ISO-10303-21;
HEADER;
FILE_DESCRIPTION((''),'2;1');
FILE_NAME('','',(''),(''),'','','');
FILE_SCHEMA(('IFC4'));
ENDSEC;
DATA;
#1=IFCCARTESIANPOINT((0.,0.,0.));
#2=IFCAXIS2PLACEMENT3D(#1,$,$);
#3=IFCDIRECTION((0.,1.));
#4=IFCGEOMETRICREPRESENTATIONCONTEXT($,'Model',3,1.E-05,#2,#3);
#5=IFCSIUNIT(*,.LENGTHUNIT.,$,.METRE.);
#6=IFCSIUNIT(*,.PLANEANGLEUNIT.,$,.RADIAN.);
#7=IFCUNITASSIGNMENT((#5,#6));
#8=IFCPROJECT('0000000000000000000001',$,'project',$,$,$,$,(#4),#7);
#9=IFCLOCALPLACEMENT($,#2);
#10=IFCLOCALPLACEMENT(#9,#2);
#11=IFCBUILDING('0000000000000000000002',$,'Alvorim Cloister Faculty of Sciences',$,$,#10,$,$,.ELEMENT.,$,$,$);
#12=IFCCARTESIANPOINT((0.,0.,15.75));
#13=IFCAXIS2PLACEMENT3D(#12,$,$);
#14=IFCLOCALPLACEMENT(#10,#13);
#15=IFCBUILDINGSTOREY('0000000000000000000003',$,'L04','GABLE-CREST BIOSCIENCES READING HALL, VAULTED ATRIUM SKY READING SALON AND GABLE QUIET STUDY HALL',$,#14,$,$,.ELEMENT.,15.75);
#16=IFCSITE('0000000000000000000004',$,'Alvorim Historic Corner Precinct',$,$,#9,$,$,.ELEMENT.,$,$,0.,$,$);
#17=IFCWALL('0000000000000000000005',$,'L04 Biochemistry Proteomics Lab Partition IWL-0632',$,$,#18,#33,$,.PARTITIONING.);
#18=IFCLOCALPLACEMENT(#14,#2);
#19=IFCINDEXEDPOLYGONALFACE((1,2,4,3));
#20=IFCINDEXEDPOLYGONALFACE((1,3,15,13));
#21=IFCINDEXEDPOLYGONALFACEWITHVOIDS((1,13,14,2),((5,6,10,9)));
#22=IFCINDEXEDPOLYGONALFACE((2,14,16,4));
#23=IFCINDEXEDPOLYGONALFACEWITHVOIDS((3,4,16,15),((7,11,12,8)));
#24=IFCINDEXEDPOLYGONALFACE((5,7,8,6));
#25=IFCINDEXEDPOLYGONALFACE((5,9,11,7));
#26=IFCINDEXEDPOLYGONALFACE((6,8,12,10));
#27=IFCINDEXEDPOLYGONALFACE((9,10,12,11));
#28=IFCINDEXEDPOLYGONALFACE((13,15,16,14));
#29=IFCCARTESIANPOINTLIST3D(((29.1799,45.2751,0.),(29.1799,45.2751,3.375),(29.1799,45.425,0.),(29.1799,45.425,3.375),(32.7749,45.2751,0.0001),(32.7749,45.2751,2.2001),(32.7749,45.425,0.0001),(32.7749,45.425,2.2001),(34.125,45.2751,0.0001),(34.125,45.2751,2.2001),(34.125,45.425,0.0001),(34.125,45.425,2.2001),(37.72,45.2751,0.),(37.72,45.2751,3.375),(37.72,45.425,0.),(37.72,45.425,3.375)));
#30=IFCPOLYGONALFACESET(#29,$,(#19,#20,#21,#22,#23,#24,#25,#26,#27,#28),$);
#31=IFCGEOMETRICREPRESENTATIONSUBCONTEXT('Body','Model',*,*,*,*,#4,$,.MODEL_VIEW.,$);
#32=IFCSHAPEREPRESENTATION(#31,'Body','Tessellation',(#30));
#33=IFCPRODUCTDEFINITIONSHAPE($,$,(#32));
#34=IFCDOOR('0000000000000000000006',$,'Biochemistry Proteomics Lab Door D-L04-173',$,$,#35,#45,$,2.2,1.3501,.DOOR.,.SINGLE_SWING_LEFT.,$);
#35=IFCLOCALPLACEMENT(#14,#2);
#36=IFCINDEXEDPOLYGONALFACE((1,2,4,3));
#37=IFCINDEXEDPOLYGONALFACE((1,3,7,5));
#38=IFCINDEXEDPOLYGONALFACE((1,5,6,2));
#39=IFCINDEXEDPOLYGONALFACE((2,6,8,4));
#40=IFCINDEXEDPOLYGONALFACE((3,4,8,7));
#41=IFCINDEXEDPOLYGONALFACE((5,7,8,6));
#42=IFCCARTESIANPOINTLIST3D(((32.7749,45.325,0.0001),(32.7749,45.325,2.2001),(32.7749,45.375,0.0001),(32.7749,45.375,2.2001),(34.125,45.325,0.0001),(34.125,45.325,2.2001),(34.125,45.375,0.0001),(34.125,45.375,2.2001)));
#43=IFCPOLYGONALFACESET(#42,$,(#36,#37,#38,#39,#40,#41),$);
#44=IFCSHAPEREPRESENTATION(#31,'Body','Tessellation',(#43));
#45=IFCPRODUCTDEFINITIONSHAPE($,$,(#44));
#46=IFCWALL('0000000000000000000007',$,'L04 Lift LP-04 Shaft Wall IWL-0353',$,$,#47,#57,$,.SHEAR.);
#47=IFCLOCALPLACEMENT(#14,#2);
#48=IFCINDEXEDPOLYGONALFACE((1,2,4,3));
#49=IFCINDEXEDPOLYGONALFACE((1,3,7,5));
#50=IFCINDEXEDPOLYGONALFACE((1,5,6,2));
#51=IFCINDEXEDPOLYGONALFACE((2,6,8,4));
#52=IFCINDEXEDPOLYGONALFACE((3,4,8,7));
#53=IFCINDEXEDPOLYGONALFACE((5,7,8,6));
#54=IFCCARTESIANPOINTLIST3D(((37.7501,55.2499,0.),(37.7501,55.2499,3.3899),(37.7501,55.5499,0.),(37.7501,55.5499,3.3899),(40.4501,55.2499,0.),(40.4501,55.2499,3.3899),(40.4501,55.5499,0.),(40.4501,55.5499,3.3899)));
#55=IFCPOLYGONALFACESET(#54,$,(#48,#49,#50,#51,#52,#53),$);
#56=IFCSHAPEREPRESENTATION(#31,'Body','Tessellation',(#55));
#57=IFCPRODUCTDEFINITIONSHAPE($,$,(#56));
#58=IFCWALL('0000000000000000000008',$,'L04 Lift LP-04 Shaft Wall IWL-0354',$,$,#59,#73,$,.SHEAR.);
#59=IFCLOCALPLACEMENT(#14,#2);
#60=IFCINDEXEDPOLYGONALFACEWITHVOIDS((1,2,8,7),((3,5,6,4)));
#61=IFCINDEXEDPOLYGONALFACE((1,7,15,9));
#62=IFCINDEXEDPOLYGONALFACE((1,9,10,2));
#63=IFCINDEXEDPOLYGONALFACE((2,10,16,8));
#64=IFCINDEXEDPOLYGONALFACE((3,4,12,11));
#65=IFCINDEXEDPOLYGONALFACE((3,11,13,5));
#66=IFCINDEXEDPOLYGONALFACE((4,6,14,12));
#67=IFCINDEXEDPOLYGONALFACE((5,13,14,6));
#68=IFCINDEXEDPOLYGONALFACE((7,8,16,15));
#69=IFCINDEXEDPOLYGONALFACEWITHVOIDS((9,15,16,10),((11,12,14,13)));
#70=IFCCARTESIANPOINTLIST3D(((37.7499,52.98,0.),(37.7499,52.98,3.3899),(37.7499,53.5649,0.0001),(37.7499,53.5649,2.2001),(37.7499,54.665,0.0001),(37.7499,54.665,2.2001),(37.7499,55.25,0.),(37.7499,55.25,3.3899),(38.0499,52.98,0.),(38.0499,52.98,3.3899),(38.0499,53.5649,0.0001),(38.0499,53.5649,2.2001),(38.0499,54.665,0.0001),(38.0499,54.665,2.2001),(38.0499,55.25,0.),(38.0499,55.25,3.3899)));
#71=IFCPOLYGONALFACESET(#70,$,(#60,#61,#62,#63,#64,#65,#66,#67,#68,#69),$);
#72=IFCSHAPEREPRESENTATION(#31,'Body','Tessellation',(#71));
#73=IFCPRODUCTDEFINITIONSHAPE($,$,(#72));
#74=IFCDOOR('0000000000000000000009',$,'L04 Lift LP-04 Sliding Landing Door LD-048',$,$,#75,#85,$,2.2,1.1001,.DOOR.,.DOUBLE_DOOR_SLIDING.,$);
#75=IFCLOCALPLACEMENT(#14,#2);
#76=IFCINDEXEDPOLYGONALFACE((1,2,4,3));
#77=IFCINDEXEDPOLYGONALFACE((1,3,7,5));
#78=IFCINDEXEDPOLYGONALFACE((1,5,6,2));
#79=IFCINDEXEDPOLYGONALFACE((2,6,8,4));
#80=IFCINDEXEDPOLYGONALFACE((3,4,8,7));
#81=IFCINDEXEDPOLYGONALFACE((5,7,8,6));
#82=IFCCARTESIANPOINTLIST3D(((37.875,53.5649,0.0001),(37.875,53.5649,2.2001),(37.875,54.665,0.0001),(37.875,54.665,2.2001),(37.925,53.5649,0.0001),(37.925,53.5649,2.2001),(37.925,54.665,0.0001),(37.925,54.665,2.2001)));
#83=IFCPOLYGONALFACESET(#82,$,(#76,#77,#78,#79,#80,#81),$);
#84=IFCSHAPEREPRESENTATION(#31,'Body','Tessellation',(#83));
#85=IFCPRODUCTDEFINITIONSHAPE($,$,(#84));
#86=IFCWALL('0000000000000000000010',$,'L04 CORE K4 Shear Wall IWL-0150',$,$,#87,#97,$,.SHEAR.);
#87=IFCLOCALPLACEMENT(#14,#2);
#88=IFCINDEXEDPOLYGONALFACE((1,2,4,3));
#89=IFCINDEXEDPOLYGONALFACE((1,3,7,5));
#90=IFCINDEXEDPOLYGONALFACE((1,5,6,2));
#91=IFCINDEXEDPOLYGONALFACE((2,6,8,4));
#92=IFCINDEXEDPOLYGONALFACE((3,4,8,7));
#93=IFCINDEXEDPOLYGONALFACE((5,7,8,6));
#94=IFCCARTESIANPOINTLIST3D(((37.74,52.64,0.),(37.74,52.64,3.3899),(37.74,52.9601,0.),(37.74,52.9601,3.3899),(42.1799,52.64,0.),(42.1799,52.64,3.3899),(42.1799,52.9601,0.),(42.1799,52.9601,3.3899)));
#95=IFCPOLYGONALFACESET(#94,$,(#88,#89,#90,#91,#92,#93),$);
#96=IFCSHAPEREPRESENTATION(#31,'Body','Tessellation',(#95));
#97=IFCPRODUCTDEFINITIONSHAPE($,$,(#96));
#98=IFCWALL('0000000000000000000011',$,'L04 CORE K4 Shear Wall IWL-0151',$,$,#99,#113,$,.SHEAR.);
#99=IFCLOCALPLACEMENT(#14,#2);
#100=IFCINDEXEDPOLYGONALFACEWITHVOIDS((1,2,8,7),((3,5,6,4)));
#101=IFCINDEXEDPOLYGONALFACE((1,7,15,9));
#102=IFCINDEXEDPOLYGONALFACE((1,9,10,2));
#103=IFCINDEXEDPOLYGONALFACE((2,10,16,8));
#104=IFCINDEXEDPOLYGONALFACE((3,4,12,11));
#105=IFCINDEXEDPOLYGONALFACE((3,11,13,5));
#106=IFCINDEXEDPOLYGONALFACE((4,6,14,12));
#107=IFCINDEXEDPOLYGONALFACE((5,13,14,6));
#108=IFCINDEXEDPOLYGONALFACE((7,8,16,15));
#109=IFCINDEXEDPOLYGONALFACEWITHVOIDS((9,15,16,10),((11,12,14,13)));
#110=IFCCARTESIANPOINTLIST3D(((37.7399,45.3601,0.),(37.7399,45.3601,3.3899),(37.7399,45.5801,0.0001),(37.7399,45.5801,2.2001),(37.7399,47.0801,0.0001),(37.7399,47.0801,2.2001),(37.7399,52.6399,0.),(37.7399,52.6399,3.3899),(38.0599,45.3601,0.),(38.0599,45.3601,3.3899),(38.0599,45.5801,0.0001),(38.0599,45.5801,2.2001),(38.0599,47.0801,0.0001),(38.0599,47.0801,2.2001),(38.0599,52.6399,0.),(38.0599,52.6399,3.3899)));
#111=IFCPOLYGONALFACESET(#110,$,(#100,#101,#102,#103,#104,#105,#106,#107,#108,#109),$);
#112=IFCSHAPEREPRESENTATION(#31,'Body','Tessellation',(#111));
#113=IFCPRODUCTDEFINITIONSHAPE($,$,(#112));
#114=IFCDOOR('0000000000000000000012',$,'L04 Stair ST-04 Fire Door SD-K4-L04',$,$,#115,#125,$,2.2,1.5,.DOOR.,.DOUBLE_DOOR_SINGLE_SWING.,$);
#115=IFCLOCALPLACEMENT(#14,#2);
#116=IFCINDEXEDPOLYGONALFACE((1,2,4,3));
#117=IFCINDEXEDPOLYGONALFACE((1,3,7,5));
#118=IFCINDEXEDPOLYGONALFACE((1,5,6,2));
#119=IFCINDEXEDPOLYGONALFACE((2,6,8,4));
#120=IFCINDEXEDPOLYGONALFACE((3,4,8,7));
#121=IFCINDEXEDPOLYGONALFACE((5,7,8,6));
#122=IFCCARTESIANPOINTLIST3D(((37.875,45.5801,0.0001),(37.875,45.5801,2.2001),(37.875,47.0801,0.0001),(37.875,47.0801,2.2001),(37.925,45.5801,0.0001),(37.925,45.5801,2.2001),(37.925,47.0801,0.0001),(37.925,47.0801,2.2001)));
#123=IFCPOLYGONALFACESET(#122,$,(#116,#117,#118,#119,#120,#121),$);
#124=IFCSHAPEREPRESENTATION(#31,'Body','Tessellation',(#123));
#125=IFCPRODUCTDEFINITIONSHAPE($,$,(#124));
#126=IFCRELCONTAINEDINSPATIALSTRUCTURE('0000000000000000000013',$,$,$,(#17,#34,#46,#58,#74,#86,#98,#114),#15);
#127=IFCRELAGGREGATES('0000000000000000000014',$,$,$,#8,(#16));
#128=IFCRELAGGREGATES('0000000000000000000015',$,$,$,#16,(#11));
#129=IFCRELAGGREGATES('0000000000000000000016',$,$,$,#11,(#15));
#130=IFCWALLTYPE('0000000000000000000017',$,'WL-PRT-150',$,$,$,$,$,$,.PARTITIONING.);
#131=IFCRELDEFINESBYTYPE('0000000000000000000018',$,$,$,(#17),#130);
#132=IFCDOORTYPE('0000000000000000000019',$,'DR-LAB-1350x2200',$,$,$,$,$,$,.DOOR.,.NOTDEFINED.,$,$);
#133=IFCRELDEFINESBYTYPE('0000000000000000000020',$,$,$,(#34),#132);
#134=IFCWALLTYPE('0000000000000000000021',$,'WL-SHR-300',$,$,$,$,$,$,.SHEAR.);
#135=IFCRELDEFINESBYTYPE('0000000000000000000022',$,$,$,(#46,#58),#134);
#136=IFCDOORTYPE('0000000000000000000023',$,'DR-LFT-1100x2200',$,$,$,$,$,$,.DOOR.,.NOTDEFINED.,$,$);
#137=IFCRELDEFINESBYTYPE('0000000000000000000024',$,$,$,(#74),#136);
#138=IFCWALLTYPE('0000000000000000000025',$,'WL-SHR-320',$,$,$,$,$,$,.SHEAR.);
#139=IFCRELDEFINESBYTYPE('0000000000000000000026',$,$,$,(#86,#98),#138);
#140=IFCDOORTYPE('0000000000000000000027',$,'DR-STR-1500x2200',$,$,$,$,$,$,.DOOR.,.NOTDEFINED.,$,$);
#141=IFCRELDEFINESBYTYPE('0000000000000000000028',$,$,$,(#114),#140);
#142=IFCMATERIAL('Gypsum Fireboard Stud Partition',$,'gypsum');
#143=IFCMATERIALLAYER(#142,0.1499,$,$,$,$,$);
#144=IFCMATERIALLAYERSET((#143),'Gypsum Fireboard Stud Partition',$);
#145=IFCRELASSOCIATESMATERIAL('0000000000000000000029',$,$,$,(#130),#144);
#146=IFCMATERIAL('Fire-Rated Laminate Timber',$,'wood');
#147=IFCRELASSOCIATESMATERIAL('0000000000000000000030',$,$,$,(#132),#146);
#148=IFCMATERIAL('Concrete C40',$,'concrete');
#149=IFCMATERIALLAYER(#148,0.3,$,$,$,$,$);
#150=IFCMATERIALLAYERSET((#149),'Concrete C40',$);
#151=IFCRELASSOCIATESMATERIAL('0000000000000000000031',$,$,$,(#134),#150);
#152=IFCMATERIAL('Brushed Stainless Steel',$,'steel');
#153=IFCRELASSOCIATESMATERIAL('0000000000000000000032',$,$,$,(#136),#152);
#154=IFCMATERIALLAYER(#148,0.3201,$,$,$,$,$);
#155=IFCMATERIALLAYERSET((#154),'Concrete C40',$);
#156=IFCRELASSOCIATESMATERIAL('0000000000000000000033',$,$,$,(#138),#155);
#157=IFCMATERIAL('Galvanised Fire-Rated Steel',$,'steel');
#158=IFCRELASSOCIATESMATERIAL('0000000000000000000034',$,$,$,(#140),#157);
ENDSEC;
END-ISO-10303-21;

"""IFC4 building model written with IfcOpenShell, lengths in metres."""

from ifc_helpers import new_model, si_unit, direction, frame, frame_2d, origin, place, context, subcontext, project, spatial, rectangle, extrude, material, layer, layer_set, type_object, element, fill, save


model = new_model("IFC4")

# Units and contexts
model_context = context("Model", 3, precision=1e-05, world=origin(), true_north=direction((0.0, 1.0)))
body_context = subcontext(model_context, "Body", "Model", "MODEL_VIEW")
ifc_project = project(units=[si_unit("LENGTHUNIT", "METRE"), si_unit("PLANEANGLEUNIT", "RADIAN")], contexts=[model_context])

# Site, building, storey
site_placement = place(None, origin())
site = spatial("IfcSite", under=ifc_project, at=site_placement, Name="Alvorim Historic Corner Precinct", CompositionType="ELEMENT", RefElevation=0.0)
building_placement = place(site_placement, origin())
building = spatial("IfcBuilding", under=site, at=building_placement, Name="Alvorim Cloister Faculty of Sciences", CompositionType="ELEMENT")
storey_placement = place(building_placement, frame((0.0, 0.0, 15.75)))
storey = spatial("IfcBuildingStorey", under=building, at=storey_placement, Name="L04", Description="GABLE-CREST BIOSCIENCES READING HALL, VAULTED ATRIUM SKY READING SALON AND GABLE QUIET STUDY HALL", CompositionType="ELEMENT", Elevation=15.75)

# Wall, opening, door
ifc_material_1 = material(Name="Gypsum Fireboard Stud Partition", Category="gypsum")
ifc_layer_1 = layer(ifc_material_1, 0.1499)
ifc_layer_set_1 = layer_set([ifc_layer_1], Name="Gypsum Fireboard Stud Partition")
wall_type_1 = type_object("IfcWallType", Name="WL-PRT-150", PredefinedType="PARTITIONING", material=ifc_layer_set_1)
wall_1_placement = place(storey_placement, frame((29.1799, 45.3501, 0.0), z_axis=(0.0, 0.0, 1.0), x_axis=(1.0, 0.0, 0.0)))
wall_1 = element("IfcWall", 1, at=wall_1_placement, inside=storey, type_object=wall_type_1, Name="L04 Biochemistry Proteomics Lab Partition IWL-0632", PredefinedType="PARTITIONING", context=body_context, shape_type="SweptSolid", body=[
    extrude(rectangle(XDim=8.54, YDim=0.1499, at=frame_2d((4.27, 0.0))), origin(), (0.0, 0.0, 1.0), 3.375),
])
opening_1_placement = place(wall_1_placement, frame((3.595, 0.0, 0.0)))
opening_1 = element("IfcOpeningElement", 2, at=opening_1_placement, cuts=wall_1, PredefinedType="OPENING", context=body_context, shape_type="SweptSolid", body=[
    extrude(rectangle(XDim=1.3501, YDim=2.2, at=frame_2d((0.675, 1.1001))), frame((0.0, 0.0869, 0.0), z_axis=(0.0, -1.0, 0.0), x_axis=(1.0, 0.0, 0.0)), (0.0, 0.0, 1.0), 0.1738),
])
ifc_material_2 = material(Name="Fire-Rated Laminate Timber", Category="wood")
door_type_1 = type_object("IfcDoorType", Name="DR-LAB-1350x2200", OperationType="NOTDEFINED", PredefinedType="DOOR", material=ifc_material_2)
door_1_placement = place(opening_1_placement, origin())
door_1 = element("IfcDoor", 3, at=door_1_placement, inside=storey, type_object=door_type_1, Name="Biochemistry Proteomics Lab Door D-L04-173", OperationType="SINGLE_SWING_LEFT", OverallHeight=2.2, OverallWidth=1.3501, PredefinedType="DOOR", context=body_context, shape_type="SweptSolid", body=[
    extrude(rectangle(XDim=1.3501, YDim=2.2, at=frame_2d((0.675, 1.1001))), frame((0.0, 0.0249, 0.0), z_axis=(0.0, -1.0, 0.0), x_axis=(1.0, 0.0, 0.0)), (0.0, 0.0, 1.0), 0.05),
])
fill(opening_1, door_1)

# Wall
ifc_material_3 = material(Name="Concrete C40", Category="concrete")
ifc_layer_2 = layer(ifc_material_3, 0.3)
ifc_layer_set_2 = layer_set([ifc_layer_2], Name="Concrete C40")
wall_type_2 = type_object("IfcWallType", Name="WL-SHR-300", PredefinedType="SHEAR", material=ifc_layer_set_2)
wall_2_placement = place(storey_placement, frame((37.75, 55.3999, 0.0), z_axis=(0.0, 0.0, 1.0), x_axis=(1.0, 0.0, 0.0)))
element("IfcWall", 4, at=wall_2_placement, inside=storey, type_object=wall_type_2, Name="L04 Lift LP-04 Shaft Wall IWL-0353", PredefinedType="SHEAR", context=body_context, shape_type="SweptSolid", body=[
    extrude(rectangle(XDim=2.7, YDim=0.3, at=frame_2d((1.3501, 0.0))), origin(), (0.0, 0.0, 1.0), 3.3899),
])

# Wall, opening, door
wall_3_placement = place(storey_placement, frame((37.8999, 52.98, 0.0), z_axis=(0.0, 0.0, 1.0), x_axis=(0.0, 1.0, 0.0)))
wall_3 = element("IfcWall", 5, at=wall_3_placement, inside=storey, type_object=wall_type_2, Name="L04 Lift LP-04 Shaft Wall IWL-0354", PredefinedType="SHEAR", context=body_context, shape_type="SweptSolid", body=[
    extrude(rectangle(XDim=2.27, YDim=0.3, at=frame_2d((1.135, 0.0))), origin(), (0.0, 0.0, 1.0), 3.3899),
])
opening_2_placement = place(wall_3_placement, frame((0.585, 0.0, 0.0)))
opening_2 = element("IfcOpeningElement", 6, at=opening_2_placement, cuts=wall_3, PredefinedType="OPENING", context=body_context, shape_type="SweptSolid", body=[
    extrude(rectangle(XDim=1.1001, YDim=2.2, at=frame_2d((0.55, 1.1001))), frame((0.0, 0.1621, 0.0), z_axis=(0.0, -1.0, 0.0), x_axis=(1.0, 0.0, 0.0)), (0.0, 0.0, 1.0), 0.324),
])
ifc_material_4 = material(Name="Brushed Stainless Steel", Category="steel")
door_type_2 = type_object("IfcDoorType", Name="DR-LFT-1100x2200", OperationType="NOTDEFINED", PredefinedType="DOOR", material=ifc_material_4)
door_2_placement = place(opening_2_placement, origin())
door_2 = element("IfcDoor", 7, at=door_2_placement, inside=storey, type_object=door_type_2, Name="L04 Lift LP-04 Sliding Landing Door LD-048", OperationType="DOUBLE_DOOR_SLIDING", OverallHeight=2.2, OverallWidth=1.1001, PredefinedType="DOOR", context=body_context, shape_type="SweptSolid", body=[
    extrude(rectangle(XDim=1.1001, YDim=2.2, at=frame_2d((0.55, 1.1001))), frame((0.0, 0.0249, 0.0), z_axis=(0.0, -1.0, 0.0), x_axis=(1.0, 0.0, 0.0)), (0.0, 0.0, 1.0), 0.05),
])
fill(opening_2, door_2)

# Wall
ifc_layer_3 = layer(ifc_material_3, 0.3201)
ifc_layer_set_3 = layer_set([ifc_layer_3], Name="Concrete C40")
wall_type_3 = type_object("IfcWallType", Name="WL-SHR-320", PredefinedType="SHEAR", material=ifc_layer_set_3)
wall_4_placement = place(storey_placement, frame((37.74, 52.8, 0.0), z_axis=(0.0, 0.0, 1.0), x_axis=(1.0, 0.0, 0.0)))
element("IfcWall", 8, at=wall_4_placement, inside=storey, type_object=wall_type_3, Name="L04 CORE K4 Shear Wall IWL-0150", PredefinedType="SHEAR", context=body_context, shape_type="SweptSolid", body=[
    extrude(rectangle(XDim=4.4399, YDim=0.3201, at=frame_2d((2.22, 0.0))), origin(), (0.0, 0.0, 1.0), 3.3899),
])

# Wall, opening, door
wall_5_placement = place(storey_placement, frame((37.8999, 45.3601, 0.0), z_axis=(0.0, 0.0, 1.0), x_axis=(0.0, 1.0, 0.0)))
wall_5 = element("IfcWall", 9, at=wall_5_placement, inside=storey, type_object=wall_type_3, Name="L04 CORE K4 Shear Wall IWL-0151", PredefinedType="SHEAR", context=body_context, shape_type="SweptSolid", body=[
    extrude(rectangle(XDim=7.2798, YDim=0.3201, at=frame_2d((3.6399, 0.0))), origin(), (0.0, 0.0, 1.0), 3.3899),
])
opening_3_placement = place(wall_5_placement, frame((0.22, 0.0, 0.0)))
opening_3 = element("IfcOpeningElement", 10, at=opening_3_placement, cuts=wall_5, PredefinedType="OPENING", context=body_context, shape_type="SweptSolid", body=[
    extrude(rectangle(XDim=1.5, YDim=2.2, at=frame_2d((0.75, 1.1001))), frame((0.0, 0.1719, 0.0), z_axis=(0.0, -1.0, 0.0), x_axis=(1.0, 0.0, 0.0)), (0.0, 0.0, 1.0), 0.344),
])
ifc_material_5 = material(Name="Galvanised Fire-Rated Steel", Category="steel")
door_type_3 = type_object("IfcDoorType", Name="DR-STR-1500x2200", OperationType="NOTDEFINED", PredefinedType="DOOR", material=ifc_material_5)
door_3_placement = place(opening_3_placement, origin())
door_3 = element("IfcDoor", 11, at=door_3_placement, inside=storey, type_object=door_type_3, Name="L04 Stair ST-04 Fire Door SD-K4-L04", OperationType="DOUBLE_DOOR_SINGLE_SWING", OverallHeight=2.2, OverallWidth=1.5, PredefinedType="DOOR", context=body_context, shape_type="SweptSolid", body=[
    extrude(rectangle(XDim=1.5, YDim=2.2, at=frame_2d((0.75, 1.1001))), frame((0.0, 0.0249, 0.0), z_axis=(0.0, -1.0, 0.0), x_axis=(1.0, 0.0, 0.0)), (0.0, 0.0, 1.0), 0.05),
])
fill(opening_3, door_3)

save(model, "model.ifc")
